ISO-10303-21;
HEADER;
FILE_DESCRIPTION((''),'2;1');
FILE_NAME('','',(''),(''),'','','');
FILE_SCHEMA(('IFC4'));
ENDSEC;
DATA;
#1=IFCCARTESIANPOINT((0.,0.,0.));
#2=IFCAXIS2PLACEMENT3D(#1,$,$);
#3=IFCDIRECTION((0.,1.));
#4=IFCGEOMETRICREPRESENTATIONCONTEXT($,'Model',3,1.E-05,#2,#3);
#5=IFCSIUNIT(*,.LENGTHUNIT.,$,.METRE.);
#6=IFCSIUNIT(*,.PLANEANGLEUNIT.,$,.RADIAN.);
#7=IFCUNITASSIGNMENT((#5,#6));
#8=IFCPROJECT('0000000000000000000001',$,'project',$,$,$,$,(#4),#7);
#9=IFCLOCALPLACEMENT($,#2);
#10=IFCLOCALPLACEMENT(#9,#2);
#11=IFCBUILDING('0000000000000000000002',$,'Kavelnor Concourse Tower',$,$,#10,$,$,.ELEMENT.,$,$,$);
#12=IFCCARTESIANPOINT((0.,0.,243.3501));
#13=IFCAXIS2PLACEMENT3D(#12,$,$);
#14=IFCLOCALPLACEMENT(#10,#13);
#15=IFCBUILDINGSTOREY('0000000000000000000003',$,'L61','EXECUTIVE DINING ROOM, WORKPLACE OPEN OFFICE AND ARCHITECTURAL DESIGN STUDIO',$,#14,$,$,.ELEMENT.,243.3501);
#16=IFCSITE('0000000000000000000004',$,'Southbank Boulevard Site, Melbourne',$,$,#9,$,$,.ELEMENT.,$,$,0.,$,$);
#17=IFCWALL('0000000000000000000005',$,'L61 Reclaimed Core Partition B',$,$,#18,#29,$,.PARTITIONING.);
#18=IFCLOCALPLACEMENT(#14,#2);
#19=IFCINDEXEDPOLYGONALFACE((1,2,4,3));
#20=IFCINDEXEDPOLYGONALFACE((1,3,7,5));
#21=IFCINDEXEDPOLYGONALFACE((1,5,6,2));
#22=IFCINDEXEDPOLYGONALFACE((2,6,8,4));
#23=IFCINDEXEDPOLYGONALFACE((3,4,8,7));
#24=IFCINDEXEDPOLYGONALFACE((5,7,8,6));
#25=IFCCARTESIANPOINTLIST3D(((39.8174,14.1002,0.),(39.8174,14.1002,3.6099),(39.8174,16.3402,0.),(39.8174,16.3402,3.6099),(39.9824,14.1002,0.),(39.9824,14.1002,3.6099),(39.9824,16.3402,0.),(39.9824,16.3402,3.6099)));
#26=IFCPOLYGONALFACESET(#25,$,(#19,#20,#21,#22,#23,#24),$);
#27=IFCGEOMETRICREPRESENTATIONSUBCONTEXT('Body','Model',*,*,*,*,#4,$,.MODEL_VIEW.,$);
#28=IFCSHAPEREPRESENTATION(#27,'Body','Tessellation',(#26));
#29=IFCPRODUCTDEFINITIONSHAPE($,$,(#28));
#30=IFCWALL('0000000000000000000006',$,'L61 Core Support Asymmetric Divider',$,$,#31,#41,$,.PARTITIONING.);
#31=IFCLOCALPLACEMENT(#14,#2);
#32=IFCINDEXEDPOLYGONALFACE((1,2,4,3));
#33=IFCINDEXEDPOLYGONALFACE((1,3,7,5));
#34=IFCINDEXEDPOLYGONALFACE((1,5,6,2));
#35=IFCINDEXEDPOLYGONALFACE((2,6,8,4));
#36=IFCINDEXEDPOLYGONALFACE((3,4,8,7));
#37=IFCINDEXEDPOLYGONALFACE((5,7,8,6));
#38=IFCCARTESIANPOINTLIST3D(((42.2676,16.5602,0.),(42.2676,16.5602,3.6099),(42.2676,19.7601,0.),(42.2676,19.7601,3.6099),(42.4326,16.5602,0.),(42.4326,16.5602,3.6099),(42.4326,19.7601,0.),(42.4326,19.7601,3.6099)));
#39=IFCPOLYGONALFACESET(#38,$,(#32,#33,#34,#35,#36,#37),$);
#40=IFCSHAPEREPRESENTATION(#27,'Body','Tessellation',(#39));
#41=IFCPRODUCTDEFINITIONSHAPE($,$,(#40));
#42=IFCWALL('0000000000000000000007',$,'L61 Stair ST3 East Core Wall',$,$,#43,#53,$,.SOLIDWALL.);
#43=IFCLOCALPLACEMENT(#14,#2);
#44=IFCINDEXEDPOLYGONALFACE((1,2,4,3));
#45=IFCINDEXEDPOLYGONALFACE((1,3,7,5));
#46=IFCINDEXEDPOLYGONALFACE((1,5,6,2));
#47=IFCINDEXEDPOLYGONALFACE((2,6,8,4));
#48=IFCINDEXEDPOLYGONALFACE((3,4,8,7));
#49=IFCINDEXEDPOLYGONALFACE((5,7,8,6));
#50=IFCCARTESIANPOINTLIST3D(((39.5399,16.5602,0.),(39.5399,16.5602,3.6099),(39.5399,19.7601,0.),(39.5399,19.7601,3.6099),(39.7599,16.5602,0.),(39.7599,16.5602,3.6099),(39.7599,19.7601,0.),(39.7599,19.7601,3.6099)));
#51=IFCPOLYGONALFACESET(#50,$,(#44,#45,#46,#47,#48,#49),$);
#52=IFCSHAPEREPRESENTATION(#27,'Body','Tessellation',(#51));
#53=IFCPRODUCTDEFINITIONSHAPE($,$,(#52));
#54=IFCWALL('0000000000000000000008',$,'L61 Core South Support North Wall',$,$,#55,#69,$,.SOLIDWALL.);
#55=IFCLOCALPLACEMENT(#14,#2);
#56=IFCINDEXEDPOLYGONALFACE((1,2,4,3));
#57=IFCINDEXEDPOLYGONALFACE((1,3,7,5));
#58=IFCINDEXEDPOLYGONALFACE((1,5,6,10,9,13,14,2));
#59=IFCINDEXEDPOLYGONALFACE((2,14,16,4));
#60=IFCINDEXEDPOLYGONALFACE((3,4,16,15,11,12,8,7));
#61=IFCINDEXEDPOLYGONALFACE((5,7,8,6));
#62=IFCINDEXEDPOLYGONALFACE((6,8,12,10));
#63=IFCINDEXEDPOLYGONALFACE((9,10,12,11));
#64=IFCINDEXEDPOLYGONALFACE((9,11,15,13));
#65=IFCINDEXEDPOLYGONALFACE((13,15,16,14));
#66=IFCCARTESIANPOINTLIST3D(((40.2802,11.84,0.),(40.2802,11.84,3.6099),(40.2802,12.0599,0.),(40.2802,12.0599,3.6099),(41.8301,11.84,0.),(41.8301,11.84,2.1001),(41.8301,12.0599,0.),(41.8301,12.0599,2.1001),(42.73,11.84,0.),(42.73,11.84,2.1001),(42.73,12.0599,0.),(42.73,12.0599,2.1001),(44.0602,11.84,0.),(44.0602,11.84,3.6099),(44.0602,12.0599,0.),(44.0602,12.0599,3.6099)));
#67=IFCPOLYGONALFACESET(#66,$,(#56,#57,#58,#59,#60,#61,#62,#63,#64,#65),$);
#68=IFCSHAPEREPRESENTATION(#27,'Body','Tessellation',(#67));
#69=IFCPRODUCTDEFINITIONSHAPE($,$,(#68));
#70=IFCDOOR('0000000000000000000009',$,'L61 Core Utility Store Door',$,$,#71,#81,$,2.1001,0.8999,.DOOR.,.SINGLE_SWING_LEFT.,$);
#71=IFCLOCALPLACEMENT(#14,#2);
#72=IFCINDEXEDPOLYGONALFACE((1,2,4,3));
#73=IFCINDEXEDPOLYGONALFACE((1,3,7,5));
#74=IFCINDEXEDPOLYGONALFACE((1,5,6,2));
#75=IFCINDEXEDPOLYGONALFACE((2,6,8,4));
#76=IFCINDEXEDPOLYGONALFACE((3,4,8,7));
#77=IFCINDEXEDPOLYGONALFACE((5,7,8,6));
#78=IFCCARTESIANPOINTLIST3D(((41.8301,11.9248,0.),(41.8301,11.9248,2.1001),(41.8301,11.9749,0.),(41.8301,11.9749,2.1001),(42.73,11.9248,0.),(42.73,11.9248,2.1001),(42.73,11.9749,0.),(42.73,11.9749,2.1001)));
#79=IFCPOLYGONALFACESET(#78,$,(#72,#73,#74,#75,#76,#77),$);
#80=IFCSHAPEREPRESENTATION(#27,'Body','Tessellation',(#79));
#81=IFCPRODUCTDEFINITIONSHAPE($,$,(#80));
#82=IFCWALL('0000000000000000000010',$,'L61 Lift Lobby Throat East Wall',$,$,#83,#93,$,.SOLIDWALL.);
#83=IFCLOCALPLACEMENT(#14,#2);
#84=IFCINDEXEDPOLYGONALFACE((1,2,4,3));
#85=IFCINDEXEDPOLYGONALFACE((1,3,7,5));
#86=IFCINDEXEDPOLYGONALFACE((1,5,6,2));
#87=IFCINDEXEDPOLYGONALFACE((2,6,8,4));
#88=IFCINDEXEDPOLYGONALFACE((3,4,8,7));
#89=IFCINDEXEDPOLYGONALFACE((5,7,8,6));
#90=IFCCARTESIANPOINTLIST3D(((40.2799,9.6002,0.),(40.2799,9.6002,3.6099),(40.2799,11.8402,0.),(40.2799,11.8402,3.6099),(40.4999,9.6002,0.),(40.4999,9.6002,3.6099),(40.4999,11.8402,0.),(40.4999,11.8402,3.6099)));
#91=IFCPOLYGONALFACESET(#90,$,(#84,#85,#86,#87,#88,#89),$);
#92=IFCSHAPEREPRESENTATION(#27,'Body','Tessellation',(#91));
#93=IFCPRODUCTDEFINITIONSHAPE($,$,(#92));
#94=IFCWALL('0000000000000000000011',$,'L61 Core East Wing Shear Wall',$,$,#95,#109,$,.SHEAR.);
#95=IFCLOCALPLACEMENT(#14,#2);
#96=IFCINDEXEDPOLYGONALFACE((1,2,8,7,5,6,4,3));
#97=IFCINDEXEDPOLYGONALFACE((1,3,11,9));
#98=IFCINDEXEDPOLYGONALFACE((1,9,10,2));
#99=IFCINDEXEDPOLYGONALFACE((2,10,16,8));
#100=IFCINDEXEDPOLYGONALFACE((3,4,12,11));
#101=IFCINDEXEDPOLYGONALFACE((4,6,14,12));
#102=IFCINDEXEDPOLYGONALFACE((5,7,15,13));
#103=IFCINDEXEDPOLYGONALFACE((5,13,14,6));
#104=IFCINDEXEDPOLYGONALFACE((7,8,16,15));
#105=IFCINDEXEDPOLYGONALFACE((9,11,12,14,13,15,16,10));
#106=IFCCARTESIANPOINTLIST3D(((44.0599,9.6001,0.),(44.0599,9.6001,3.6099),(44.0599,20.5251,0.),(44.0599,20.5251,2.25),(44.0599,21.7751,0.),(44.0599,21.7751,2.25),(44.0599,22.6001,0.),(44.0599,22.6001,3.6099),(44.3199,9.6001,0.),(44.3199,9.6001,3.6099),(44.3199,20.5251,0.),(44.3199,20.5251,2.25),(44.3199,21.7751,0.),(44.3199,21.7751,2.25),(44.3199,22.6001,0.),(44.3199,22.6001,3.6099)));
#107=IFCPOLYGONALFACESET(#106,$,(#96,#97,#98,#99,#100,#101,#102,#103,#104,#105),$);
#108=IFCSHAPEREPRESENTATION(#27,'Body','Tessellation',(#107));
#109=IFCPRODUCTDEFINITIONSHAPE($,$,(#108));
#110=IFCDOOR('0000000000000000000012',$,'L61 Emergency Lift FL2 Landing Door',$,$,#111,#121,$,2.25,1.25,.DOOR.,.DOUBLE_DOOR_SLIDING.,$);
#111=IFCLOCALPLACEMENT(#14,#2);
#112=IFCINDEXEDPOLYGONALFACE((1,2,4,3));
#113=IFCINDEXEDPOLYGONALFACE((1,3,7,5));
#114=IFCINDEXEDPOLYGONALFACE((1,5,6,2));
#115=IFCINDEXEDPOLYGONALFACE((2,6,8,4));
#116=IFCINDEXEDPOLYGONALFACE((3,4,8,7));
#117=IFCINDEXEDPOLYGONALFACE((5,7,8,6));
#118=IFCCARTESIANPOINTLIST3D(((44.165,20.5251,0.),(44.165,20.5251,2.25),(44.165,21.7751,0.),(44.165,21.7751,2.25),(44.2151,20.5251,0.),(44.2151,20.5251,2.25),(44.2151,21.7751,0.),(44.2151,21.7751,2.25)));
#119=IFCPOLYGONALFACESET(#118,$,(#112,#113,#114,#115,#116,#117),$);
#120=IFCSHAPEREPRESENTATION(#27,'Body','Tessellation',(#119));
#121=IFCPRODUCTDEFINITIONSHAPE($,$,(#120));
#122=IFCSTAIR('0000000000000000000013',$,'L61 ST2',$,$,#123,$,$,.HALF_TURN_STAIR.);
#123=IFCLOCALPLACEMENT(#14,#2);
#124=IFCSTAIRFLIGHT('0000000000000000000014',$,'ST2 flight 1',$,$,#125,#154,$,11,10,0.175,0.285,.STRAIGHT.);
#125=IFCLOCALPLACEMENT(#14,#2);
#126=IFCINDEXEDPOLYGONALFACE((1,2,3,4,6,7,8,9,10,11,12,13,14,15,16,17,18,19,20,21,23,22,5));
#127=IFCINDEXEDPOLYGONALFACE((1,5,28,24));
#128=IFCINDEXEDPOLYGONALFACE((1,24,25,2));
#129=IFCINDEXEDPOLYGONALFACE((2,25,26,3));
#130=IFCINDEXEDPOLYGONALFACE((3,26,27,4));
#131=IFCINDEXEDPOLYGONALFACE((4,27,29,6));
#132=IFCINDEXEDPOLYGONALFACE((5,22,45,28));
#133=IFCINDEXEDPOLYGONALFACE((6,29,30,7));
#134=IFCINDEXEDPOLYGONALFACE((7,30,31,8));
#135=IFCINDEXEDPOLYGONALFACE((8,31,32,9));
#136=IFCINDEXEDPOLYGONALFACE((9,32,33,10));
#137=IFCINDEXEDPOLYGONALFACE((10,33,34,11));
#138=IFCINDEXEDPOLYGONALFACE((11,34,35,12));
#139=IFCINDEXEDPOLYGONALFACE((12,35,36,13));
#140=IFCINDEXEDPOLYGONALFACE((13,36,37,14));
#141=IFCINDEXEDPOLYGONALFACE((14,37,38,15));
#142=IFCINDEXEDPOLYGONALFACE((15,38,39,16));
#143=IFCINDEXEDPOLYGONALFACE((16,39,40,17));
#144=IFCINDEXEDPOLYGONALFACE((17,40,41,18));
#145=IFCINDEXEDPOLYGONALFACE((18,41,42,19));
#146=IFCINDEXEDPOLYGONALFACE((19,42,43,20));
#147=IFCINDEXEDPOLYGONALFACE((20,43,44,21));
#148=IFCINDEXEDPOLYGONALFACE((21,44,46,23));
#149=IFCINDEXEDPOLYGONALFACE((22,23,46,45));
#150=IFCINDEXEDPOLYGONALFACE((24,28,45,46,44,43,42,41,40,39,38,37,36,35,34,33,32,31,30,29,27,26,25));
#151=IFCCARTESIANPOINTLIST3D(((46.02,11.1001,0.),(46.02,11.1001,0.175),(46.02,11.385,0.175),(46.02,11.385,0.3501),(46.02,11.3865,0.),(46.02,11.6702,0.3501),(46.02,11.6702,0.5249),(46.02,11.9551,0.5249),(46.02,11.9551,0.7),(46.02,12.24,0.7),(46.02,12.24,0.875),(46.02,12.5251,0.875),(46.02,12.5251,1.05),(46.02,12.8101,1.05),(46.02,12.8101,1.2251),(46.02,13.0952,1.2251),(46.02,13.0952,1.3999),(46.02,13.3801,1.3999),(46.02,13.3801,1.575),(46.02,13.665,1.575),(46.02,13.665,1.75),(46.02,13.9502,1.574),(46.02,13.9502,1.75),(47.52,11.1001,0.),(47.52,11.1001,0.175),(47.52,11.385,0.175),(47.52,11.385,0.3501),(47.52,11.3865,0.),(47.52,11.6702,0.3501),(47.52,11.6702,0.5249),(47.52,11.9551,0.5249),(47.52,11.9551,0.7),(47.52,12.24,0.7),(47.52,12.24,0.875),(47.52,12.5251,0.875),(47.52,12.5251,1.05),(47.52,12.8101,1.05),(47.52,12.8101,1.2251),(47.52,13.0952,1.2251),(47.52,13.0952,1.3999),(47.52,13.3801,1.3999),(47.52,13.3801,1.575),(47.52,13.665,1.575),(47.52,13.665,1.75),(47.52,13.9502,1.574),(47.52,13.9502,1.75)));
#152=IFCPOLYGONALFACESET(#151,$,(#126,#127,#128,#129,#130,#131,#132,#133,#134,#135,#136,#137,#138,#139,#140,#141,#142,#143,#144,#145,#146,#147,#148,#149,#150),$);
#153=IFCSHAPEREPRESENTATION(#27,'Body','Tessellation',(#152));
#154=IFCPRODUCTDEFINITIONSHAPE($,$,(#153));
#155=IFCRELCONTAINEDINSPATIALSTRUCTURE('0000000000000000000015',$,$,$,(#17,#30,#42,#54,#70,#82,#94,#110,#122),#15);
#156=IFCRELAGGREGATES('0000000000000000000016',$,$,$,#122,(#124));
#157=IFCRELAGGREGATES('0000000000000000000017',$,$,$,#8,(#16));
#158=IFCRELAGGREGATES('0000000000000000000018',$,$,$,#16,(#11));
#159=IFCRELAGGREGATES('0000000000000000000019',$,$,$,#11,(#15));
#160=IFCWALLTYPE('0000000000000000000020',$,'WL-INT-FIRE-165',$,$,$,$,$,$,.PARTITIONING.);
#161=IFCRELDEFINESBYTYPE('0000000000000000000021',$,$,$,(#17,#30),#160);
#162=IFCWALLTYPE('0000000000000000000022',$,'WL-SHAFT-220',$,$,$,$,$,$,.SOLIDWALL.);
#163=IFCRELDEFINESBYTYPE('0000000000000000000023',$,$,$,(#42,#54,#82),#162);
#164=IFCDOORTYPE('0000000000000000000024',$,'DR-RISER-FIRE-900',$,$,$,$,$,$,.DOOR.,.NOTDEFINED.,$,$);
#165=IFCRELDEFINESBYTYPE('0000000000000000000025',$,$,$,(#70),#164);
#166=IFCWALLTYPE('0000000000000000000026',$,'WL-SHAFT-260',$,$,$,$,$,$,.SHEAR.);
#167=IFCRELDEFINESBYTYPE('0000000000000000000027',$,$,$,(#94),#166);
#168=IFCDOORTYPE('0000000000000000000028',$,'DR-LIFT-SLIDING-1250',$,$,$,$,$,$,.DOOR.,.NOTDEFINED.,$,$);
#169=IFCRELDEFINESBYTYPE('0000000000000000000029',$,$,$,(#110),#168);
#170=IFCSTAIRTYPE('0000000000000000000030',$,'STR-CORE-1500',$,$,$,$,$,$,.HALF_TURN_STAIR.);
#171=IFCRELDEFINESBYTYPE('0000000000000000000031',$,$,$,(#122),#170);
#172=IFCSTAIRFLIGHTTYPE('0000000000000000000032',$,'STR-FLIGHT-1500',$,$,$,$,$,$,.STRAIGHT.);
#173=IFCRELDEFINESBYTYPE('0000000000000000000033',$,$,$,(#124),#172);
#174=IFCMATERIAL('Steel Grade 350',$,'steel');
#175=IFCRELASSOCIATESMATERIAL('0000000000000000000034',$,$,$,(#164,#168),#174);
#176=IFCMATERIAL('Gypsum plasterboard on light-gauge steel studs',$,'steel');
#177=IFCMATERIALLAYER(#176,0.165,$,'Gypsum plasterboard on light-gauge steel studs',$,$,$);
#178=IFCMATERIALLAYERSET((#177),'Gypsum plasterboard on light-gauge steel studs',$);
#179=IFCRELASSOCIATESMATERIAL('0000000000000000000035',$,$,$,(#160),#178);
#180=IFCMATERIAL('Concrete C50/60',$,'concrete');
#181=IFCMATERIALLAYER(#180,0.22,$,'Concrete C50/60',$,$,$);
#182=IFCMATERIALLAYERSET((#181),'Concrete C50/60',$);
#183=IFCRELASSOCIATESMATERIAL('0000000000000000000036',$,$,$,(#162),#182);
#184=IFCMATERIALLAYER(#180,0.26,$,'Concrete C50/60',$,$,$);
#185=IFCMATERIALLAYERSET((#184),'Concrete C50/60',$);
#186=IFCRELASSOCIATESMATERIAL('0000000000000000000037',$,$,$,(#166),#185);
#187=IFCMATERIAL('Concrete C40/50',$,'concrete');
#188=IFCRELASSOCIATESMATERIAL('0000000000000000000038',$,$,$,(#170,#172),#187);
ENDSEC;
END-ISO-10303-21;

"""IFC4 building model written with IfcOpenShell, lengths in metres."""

from ifc_helpers import new_model, si_unit, direction, frame, frame_2d, origin, place, context, subcontext, project, spatial, polyline, rectangle, outline, extrude, material, layer, layer_set, type_object, element, fill, aggregate, save


model = new_model("IFC4")

# Units and contexts
model_context = context("Model", 3, precision=1e-05, world=origin(), true_north=direction((0.0, 1.0)))
body_context = subcontext(model_context, "Body", "Model", "MODEL_VIEW")
ifc_project = project(units=[si_unit("LENGTHUNIT", "METRE"), si_unit("PLANEANGLEUNIT", "RADIAN")], contexts=[model_context])

# Site, building, storey
site_placement = place(None, origin())
site = spatial("IfcSite", under=ifc_project, at=site_placement, Name="Southbank Boulevard Site, Melbourne", CompositionType="ELEMENT", RefElevation=0.0)
building_placement = place(site_placement, origin())
building = spatial("IfcBuilding", under=site, at=building_placement, Name="Kavelnor Concourse Tower", CompositionType="ELEMENT")
storey_placement = place(building_placement, frame((0.0, 0.0, 243.3501)))
storey = spatial("IfcBuildingStorey", under=building, at=storey_placement, Name="L61", Description="EXECUTIVE DINING ROOM, WORKPLACE OPEN OFFICE AND ARCHITECTURAL DESIGN STUDIO", CompositionType="ELEMENT", Elevation=243.3501)

# Shared definitions
ifc_material_1 = material(Name="Steel Grade 350", Category="steel")

# Shared definitions
ifc_material_2 = material(Name="Concrete C50/60", Category="concrete")
door_type_1 = type_object("IfcDoorType", Name="DR-RISER-FIRE-900", OperationType="NOTDEFINED", PredefinedType="DOOR", material=ifc_material_1)

# Walls
ifc_material_3 = material(Name="Gypsum plasterboard on light-gauge steel studs", Category="steel")
ifc_layer_1 = layer(ifc_material_3, 0.165, Name="Gypsum plasterboard on light-gauge steel studs")
ifc_layer_set_1 = layer_set([ifc_layer_1], Name="Gypsum plasterboard on light-gauge steel studs")
wall_type_1 = type_object("IfcWallType", Name="WL-INT-FIRE-165", PredefinedType="PARTITIONING", material=ifc_layer_set_1)
wall_1_placement = place(storey_placement, frame((39.8999, 14.1001, 0.0), z_axis=(0.0, 0.0, 1.0), x_axis=(0.0, 1.0, 0.0)))
element("IfcWall", 1, at=wall_1_placement, inside=storey, type_object=wall_type_1, Name="L61 Reclaimed Core Partition B", PredefinedType="PARTITIONING", context=body_context, shape_type="SweptSolid", body=[
    extrude(rectangle(XDim=2.24, YDim=0.165, at=frame_2d((1.1201, 0.0))), origin(), (0.0, 0.0, 1.0), 3.6099),
])
wall_2_placement = place(storey_placement, frame((42.3501, 16.5601, 0.0), z_axis=(0.0, 0.0, 1.0), x_axis=(0.0, 1.0, 0.0)))
element("IfcWall", 2, at=wall_2_placement, inside=storey, type_object=wall_type_1, Name="L61 Core Support Asymmetric Divider", PredefinedType="PARTITIONING", context=body_context, shape_type="SweptSolid", body=[
    extrude(rectangle(XDim=3.2, YDim=0.165, at=frame_2d((1.6001, 0.0))), origin(), (0.0, 0.0, 1.0), 3.6099),
])
ifc_layer_2 = layer(ifc_material_2, 0.22, Name="Concrete C50/60")
ifc_layer_set_2 = layer_set([ifc_layer_2], Name="Concrete C50/60")
wall_type_2 = type_object("IfcWallType", Name="WL-SHAFT-220", PredefinedType="SOLIDWALL", material=ifc_layer_set_2)
wall_3_placement = place(storey_placement, frame((39.6499, 16.5601, 0.0), z_axis=(0.0, 0.0, 1.0), x_axis=(0.0, 1.0, 0.0)))
element("IfcWall", 3, at=wall_3_placement, inside=storey, type_object=wall_type_2, Name="L61 Stair ST3 East Core Wall", PredefinedType="SOLIDWALL", context=body_context, shape_type="SweptSolid", body=[
    extrude(rectangle(XDim=3.2, YDim=0.22, at=frame_2d((1.6001, 0.0))), origin(), (0.0, 0.0, 1.0), 3.6099),
])

# Wall, opening, door
wall_4_placement = place(storey_placement, frame((40.28, 11.95, 0.0), z_axis=(0.0, 0.0, 1.0), x_axis=(1.0, 0.0, 0.0)))
wall_4 = element("IfcWall", 4, at=wall_4_placement, inside=storey, type_object=wall_type_2, Name="L61 Core South Support North Wall", PredefinedType="SOLIDWALL", context=body_context, shape_type="SweptSolid", body=[
    extrude(rectangle(XDim=3.78, YDim=0.22, at=frame_2d((1.8901, 0.0))), origin(), (0.0, 0.0, 1.0), 3.6099),
])
opening_1_placement = place(wall_4_placement, frame((1.55, 0.0, 0.0)))
opening_1 = element("IfcOpeningElement", 5, at=opening_1_placement, cuts=wall_4, PredefinedType="OPENING", context=body_context, shape_type="SweptSolid", body=[
    extrude(rectangle(XDim=0.8999, YDim=2.1001, at=frame_2d((0.45, 1.05))), frame((0.0, 0.1201, 0.0), z_axis=(0.0, -1.0, 0.0), x_axis=(1.0, 0.0, 0.0)), (0.0, 0.0, 1.0), 0.24),
])
door_1_placement = place(opening_1_placement, origin())
door_1 = element("IfcDoor", 6, at=door_1_placement, inside=storey, type_object=door_type_1, Name="L61 Core Utility Store Door", OperationType="SINGLE_SWING_LEFT", OverallHeight=2.1001, OverallWidth=0.8999, PredefinedType="DOOR", context=body_context, shape_type="SweptSolid", body=[
    extrude(rectangle(XDim=0.8999, YDim=2.1001, at=frame_2d((0.45, 1.05))), frame((0.0, 0.0249, 0.0), z_axis=(0.0, -1.0, 0.0), x_axis=(1.0, 0.0, 0.0)), (0.0, 0.0, 1.0), 0.05),
])
fill(opening_1, door_1)

# Wall
wall_5_placement = place(storey_placement, frame((40.3899, 9.6001, 0.0), z_axis=(0.0, 0.0, 1.0), x_axis=(0.0, 1.0, 0.0)))
element("IfcWall", 7, at=wall_5_placement, inside=storey, type_object=wall_type_2, Name="L61 Lift Lobby Throat East Wall", PredefinedType="SOLIDWALL", context=body_context, shape_type="SweptSolid", body=[
    extrude(rectangle(XDim=2.24, YDim=0.22, at=frame_2d((1.1201, 0.0))), origin(), (0.0, 0.0, 1.0), 3.6099),
])

# Wall, opening, door
ifc_layer_3 = layer(ifc_material_2, 0.26, Name="Concrete C50/60")
ifc_layer_set_3 = layer_set([ifc_layer_3], Name="Concrete C50/60")
wall_type_3 = type_object("IfcWallType", Name="WL-SHAFT-260", PredefinedType="SHEAR", material=ifc_layer_set_3)
wall_6_placement = place(storey_placement, frame((44.1899, 9.6001, 0.0), z_axis=(0.0, 0.0, 1.0), x_axis=(0.0, 1.0, 0.0)))
wall_6 = element("IfcWall", 8, at=wall_6_placement, inside=storey, type_object=wall_type_3, Name="L61 Core East Wing Shear Wall", PredefinedType="SHEAR", context=body_context, shape_type="SweptSolid", body=[
    extrude(rectangle(XDim=13.0, YDim=0.26, at=frame_2d((6.5, 0.0))), origin(), (0.0, 0.0, 1.0), 3.6099),
])
opening_2_placement = place(wall_6_placement, frame((10.925, 0.0, 0.0)))
opening_2 = element("IfcOpeningElement", 9, at=opening_2_placement, cuts=wall_6, PredefinedType="OPENING", context=body_context, shape_type="SweptSolid", body=[
    extrude(rectangle(XDim=1.25, YDim=2.25, at=frame_2d((0.625, 1.125))), frame((0.0, 0.1401, 0.0), z_axis=(0.0, -1.0, 0.0), x_axis=(1.0, 0.0, 0.0)), (0.0, 0.0, 1.0), 0.28),
])
door_type_2 = type_object("IfcDoorType", Name="DR-LIFT-SLIDING-1250", OperationType="NOTDEFINED", PredefinedType="DOOR", material=ifc_material_1)
door_2_placement = place(opening_2_placement, origin())
door_2 = element("IfcDoor", 10, at=door_2_placement, inside=storey, type_object=door_type_2, Name="L61 Emergency Lift FL2 Landing Door", OperationType="DOUBLE_DOOR_SLIDING", OverallHeight=2.25, OverallWidth=1.25, PredefinedType="DOOR", context=body_context, shape_type="SweptSolid", body=[
    extrude(rectangle(XDim=1.25, YDim=2.25, at=frame_2d((0.625, 1.125))), frame((0.0, 0.0249, 0.0), z_axis=(0.0, -1.0, 0.0), x_axis=(1.0, 0.0, 0.0)), (0.0, 0.0, 1.0), 0.05),
])
fill(opening_2, door_2)

# Stair, stair flight
ifc_material_4 = material(Name="Concrete C40/50", Category="concrete")
stair_type = type_object("IfcStairType", Name="STR-CORE-1500", PredefinedType="HALF_TURN_STAIR", material=ifc_material_4)
stair_placement = place(storey_placement, origin())
stair = element("IfcStair", 11, at=stair_placement, inside=storey, type_object=stair_type, Name="L61 ST2", PredefinedType="HALF_TURN_STAIR")
stair_flight_type = type_object("IfcStairFlightType", Name="STR-FLIGHT-1500", PredefinedType="STRAIGHT", material=ifc_material_4)
stair_flight_1_placement = place(storey_placement, frame((46.77, 11.1001, 0.0), z_axis=(0.0, 0.0, 1.0), x_axis=(0.0, 1.0, 0.0)))
stair_flight_1 = element("IfcStairFlight", 12, at=stair_flight_1_placement, type_object=stair_flight_type, Name="ST2 flight 1", NumberOfRisers=11, NumberOfTreads=10, PredefinedType="STRAIGHT", RiserHeight=0.175, TreadLength=0.285, context=body_context, shape_type="SweptSolid", body=[
    extrude(outline(polyline([(0.0, 0.0), (0.0, 0.175), (0.2849, 0.175), (0.2849, 0.3501), (0.5701, 0.3501), (0.5701, 0.5249), (0.855, 0.5249), (0.855, 0.7), (1.1399, 0.7), (1.1399, 0.875), (1.425, 0.875), (1.425, 1.05), (1.71, 1.05), (1.71, 1.2251), (1.9951, 1.2251), (1.9951, 1.3999), (2.28, 1.3999), (2.28, 1.575), (2.5649, 1.575), (2.5649, 1.75), (2.8501, 1.75), (2.8501, 1.925), (2.8501, 1.574), (0.2864, 0.0), (0.0, 0.0)])), frame((0.0, 0.75, 0.0), z_axis=(0.0, -1.0, 0.0), x_axis=(1.0, 0.0, 0.0)), (0.0, 0.0, 1.0), 1.5),
])
aggregate(stair, [stair_flight_1])

save(model, "model.ifc")
